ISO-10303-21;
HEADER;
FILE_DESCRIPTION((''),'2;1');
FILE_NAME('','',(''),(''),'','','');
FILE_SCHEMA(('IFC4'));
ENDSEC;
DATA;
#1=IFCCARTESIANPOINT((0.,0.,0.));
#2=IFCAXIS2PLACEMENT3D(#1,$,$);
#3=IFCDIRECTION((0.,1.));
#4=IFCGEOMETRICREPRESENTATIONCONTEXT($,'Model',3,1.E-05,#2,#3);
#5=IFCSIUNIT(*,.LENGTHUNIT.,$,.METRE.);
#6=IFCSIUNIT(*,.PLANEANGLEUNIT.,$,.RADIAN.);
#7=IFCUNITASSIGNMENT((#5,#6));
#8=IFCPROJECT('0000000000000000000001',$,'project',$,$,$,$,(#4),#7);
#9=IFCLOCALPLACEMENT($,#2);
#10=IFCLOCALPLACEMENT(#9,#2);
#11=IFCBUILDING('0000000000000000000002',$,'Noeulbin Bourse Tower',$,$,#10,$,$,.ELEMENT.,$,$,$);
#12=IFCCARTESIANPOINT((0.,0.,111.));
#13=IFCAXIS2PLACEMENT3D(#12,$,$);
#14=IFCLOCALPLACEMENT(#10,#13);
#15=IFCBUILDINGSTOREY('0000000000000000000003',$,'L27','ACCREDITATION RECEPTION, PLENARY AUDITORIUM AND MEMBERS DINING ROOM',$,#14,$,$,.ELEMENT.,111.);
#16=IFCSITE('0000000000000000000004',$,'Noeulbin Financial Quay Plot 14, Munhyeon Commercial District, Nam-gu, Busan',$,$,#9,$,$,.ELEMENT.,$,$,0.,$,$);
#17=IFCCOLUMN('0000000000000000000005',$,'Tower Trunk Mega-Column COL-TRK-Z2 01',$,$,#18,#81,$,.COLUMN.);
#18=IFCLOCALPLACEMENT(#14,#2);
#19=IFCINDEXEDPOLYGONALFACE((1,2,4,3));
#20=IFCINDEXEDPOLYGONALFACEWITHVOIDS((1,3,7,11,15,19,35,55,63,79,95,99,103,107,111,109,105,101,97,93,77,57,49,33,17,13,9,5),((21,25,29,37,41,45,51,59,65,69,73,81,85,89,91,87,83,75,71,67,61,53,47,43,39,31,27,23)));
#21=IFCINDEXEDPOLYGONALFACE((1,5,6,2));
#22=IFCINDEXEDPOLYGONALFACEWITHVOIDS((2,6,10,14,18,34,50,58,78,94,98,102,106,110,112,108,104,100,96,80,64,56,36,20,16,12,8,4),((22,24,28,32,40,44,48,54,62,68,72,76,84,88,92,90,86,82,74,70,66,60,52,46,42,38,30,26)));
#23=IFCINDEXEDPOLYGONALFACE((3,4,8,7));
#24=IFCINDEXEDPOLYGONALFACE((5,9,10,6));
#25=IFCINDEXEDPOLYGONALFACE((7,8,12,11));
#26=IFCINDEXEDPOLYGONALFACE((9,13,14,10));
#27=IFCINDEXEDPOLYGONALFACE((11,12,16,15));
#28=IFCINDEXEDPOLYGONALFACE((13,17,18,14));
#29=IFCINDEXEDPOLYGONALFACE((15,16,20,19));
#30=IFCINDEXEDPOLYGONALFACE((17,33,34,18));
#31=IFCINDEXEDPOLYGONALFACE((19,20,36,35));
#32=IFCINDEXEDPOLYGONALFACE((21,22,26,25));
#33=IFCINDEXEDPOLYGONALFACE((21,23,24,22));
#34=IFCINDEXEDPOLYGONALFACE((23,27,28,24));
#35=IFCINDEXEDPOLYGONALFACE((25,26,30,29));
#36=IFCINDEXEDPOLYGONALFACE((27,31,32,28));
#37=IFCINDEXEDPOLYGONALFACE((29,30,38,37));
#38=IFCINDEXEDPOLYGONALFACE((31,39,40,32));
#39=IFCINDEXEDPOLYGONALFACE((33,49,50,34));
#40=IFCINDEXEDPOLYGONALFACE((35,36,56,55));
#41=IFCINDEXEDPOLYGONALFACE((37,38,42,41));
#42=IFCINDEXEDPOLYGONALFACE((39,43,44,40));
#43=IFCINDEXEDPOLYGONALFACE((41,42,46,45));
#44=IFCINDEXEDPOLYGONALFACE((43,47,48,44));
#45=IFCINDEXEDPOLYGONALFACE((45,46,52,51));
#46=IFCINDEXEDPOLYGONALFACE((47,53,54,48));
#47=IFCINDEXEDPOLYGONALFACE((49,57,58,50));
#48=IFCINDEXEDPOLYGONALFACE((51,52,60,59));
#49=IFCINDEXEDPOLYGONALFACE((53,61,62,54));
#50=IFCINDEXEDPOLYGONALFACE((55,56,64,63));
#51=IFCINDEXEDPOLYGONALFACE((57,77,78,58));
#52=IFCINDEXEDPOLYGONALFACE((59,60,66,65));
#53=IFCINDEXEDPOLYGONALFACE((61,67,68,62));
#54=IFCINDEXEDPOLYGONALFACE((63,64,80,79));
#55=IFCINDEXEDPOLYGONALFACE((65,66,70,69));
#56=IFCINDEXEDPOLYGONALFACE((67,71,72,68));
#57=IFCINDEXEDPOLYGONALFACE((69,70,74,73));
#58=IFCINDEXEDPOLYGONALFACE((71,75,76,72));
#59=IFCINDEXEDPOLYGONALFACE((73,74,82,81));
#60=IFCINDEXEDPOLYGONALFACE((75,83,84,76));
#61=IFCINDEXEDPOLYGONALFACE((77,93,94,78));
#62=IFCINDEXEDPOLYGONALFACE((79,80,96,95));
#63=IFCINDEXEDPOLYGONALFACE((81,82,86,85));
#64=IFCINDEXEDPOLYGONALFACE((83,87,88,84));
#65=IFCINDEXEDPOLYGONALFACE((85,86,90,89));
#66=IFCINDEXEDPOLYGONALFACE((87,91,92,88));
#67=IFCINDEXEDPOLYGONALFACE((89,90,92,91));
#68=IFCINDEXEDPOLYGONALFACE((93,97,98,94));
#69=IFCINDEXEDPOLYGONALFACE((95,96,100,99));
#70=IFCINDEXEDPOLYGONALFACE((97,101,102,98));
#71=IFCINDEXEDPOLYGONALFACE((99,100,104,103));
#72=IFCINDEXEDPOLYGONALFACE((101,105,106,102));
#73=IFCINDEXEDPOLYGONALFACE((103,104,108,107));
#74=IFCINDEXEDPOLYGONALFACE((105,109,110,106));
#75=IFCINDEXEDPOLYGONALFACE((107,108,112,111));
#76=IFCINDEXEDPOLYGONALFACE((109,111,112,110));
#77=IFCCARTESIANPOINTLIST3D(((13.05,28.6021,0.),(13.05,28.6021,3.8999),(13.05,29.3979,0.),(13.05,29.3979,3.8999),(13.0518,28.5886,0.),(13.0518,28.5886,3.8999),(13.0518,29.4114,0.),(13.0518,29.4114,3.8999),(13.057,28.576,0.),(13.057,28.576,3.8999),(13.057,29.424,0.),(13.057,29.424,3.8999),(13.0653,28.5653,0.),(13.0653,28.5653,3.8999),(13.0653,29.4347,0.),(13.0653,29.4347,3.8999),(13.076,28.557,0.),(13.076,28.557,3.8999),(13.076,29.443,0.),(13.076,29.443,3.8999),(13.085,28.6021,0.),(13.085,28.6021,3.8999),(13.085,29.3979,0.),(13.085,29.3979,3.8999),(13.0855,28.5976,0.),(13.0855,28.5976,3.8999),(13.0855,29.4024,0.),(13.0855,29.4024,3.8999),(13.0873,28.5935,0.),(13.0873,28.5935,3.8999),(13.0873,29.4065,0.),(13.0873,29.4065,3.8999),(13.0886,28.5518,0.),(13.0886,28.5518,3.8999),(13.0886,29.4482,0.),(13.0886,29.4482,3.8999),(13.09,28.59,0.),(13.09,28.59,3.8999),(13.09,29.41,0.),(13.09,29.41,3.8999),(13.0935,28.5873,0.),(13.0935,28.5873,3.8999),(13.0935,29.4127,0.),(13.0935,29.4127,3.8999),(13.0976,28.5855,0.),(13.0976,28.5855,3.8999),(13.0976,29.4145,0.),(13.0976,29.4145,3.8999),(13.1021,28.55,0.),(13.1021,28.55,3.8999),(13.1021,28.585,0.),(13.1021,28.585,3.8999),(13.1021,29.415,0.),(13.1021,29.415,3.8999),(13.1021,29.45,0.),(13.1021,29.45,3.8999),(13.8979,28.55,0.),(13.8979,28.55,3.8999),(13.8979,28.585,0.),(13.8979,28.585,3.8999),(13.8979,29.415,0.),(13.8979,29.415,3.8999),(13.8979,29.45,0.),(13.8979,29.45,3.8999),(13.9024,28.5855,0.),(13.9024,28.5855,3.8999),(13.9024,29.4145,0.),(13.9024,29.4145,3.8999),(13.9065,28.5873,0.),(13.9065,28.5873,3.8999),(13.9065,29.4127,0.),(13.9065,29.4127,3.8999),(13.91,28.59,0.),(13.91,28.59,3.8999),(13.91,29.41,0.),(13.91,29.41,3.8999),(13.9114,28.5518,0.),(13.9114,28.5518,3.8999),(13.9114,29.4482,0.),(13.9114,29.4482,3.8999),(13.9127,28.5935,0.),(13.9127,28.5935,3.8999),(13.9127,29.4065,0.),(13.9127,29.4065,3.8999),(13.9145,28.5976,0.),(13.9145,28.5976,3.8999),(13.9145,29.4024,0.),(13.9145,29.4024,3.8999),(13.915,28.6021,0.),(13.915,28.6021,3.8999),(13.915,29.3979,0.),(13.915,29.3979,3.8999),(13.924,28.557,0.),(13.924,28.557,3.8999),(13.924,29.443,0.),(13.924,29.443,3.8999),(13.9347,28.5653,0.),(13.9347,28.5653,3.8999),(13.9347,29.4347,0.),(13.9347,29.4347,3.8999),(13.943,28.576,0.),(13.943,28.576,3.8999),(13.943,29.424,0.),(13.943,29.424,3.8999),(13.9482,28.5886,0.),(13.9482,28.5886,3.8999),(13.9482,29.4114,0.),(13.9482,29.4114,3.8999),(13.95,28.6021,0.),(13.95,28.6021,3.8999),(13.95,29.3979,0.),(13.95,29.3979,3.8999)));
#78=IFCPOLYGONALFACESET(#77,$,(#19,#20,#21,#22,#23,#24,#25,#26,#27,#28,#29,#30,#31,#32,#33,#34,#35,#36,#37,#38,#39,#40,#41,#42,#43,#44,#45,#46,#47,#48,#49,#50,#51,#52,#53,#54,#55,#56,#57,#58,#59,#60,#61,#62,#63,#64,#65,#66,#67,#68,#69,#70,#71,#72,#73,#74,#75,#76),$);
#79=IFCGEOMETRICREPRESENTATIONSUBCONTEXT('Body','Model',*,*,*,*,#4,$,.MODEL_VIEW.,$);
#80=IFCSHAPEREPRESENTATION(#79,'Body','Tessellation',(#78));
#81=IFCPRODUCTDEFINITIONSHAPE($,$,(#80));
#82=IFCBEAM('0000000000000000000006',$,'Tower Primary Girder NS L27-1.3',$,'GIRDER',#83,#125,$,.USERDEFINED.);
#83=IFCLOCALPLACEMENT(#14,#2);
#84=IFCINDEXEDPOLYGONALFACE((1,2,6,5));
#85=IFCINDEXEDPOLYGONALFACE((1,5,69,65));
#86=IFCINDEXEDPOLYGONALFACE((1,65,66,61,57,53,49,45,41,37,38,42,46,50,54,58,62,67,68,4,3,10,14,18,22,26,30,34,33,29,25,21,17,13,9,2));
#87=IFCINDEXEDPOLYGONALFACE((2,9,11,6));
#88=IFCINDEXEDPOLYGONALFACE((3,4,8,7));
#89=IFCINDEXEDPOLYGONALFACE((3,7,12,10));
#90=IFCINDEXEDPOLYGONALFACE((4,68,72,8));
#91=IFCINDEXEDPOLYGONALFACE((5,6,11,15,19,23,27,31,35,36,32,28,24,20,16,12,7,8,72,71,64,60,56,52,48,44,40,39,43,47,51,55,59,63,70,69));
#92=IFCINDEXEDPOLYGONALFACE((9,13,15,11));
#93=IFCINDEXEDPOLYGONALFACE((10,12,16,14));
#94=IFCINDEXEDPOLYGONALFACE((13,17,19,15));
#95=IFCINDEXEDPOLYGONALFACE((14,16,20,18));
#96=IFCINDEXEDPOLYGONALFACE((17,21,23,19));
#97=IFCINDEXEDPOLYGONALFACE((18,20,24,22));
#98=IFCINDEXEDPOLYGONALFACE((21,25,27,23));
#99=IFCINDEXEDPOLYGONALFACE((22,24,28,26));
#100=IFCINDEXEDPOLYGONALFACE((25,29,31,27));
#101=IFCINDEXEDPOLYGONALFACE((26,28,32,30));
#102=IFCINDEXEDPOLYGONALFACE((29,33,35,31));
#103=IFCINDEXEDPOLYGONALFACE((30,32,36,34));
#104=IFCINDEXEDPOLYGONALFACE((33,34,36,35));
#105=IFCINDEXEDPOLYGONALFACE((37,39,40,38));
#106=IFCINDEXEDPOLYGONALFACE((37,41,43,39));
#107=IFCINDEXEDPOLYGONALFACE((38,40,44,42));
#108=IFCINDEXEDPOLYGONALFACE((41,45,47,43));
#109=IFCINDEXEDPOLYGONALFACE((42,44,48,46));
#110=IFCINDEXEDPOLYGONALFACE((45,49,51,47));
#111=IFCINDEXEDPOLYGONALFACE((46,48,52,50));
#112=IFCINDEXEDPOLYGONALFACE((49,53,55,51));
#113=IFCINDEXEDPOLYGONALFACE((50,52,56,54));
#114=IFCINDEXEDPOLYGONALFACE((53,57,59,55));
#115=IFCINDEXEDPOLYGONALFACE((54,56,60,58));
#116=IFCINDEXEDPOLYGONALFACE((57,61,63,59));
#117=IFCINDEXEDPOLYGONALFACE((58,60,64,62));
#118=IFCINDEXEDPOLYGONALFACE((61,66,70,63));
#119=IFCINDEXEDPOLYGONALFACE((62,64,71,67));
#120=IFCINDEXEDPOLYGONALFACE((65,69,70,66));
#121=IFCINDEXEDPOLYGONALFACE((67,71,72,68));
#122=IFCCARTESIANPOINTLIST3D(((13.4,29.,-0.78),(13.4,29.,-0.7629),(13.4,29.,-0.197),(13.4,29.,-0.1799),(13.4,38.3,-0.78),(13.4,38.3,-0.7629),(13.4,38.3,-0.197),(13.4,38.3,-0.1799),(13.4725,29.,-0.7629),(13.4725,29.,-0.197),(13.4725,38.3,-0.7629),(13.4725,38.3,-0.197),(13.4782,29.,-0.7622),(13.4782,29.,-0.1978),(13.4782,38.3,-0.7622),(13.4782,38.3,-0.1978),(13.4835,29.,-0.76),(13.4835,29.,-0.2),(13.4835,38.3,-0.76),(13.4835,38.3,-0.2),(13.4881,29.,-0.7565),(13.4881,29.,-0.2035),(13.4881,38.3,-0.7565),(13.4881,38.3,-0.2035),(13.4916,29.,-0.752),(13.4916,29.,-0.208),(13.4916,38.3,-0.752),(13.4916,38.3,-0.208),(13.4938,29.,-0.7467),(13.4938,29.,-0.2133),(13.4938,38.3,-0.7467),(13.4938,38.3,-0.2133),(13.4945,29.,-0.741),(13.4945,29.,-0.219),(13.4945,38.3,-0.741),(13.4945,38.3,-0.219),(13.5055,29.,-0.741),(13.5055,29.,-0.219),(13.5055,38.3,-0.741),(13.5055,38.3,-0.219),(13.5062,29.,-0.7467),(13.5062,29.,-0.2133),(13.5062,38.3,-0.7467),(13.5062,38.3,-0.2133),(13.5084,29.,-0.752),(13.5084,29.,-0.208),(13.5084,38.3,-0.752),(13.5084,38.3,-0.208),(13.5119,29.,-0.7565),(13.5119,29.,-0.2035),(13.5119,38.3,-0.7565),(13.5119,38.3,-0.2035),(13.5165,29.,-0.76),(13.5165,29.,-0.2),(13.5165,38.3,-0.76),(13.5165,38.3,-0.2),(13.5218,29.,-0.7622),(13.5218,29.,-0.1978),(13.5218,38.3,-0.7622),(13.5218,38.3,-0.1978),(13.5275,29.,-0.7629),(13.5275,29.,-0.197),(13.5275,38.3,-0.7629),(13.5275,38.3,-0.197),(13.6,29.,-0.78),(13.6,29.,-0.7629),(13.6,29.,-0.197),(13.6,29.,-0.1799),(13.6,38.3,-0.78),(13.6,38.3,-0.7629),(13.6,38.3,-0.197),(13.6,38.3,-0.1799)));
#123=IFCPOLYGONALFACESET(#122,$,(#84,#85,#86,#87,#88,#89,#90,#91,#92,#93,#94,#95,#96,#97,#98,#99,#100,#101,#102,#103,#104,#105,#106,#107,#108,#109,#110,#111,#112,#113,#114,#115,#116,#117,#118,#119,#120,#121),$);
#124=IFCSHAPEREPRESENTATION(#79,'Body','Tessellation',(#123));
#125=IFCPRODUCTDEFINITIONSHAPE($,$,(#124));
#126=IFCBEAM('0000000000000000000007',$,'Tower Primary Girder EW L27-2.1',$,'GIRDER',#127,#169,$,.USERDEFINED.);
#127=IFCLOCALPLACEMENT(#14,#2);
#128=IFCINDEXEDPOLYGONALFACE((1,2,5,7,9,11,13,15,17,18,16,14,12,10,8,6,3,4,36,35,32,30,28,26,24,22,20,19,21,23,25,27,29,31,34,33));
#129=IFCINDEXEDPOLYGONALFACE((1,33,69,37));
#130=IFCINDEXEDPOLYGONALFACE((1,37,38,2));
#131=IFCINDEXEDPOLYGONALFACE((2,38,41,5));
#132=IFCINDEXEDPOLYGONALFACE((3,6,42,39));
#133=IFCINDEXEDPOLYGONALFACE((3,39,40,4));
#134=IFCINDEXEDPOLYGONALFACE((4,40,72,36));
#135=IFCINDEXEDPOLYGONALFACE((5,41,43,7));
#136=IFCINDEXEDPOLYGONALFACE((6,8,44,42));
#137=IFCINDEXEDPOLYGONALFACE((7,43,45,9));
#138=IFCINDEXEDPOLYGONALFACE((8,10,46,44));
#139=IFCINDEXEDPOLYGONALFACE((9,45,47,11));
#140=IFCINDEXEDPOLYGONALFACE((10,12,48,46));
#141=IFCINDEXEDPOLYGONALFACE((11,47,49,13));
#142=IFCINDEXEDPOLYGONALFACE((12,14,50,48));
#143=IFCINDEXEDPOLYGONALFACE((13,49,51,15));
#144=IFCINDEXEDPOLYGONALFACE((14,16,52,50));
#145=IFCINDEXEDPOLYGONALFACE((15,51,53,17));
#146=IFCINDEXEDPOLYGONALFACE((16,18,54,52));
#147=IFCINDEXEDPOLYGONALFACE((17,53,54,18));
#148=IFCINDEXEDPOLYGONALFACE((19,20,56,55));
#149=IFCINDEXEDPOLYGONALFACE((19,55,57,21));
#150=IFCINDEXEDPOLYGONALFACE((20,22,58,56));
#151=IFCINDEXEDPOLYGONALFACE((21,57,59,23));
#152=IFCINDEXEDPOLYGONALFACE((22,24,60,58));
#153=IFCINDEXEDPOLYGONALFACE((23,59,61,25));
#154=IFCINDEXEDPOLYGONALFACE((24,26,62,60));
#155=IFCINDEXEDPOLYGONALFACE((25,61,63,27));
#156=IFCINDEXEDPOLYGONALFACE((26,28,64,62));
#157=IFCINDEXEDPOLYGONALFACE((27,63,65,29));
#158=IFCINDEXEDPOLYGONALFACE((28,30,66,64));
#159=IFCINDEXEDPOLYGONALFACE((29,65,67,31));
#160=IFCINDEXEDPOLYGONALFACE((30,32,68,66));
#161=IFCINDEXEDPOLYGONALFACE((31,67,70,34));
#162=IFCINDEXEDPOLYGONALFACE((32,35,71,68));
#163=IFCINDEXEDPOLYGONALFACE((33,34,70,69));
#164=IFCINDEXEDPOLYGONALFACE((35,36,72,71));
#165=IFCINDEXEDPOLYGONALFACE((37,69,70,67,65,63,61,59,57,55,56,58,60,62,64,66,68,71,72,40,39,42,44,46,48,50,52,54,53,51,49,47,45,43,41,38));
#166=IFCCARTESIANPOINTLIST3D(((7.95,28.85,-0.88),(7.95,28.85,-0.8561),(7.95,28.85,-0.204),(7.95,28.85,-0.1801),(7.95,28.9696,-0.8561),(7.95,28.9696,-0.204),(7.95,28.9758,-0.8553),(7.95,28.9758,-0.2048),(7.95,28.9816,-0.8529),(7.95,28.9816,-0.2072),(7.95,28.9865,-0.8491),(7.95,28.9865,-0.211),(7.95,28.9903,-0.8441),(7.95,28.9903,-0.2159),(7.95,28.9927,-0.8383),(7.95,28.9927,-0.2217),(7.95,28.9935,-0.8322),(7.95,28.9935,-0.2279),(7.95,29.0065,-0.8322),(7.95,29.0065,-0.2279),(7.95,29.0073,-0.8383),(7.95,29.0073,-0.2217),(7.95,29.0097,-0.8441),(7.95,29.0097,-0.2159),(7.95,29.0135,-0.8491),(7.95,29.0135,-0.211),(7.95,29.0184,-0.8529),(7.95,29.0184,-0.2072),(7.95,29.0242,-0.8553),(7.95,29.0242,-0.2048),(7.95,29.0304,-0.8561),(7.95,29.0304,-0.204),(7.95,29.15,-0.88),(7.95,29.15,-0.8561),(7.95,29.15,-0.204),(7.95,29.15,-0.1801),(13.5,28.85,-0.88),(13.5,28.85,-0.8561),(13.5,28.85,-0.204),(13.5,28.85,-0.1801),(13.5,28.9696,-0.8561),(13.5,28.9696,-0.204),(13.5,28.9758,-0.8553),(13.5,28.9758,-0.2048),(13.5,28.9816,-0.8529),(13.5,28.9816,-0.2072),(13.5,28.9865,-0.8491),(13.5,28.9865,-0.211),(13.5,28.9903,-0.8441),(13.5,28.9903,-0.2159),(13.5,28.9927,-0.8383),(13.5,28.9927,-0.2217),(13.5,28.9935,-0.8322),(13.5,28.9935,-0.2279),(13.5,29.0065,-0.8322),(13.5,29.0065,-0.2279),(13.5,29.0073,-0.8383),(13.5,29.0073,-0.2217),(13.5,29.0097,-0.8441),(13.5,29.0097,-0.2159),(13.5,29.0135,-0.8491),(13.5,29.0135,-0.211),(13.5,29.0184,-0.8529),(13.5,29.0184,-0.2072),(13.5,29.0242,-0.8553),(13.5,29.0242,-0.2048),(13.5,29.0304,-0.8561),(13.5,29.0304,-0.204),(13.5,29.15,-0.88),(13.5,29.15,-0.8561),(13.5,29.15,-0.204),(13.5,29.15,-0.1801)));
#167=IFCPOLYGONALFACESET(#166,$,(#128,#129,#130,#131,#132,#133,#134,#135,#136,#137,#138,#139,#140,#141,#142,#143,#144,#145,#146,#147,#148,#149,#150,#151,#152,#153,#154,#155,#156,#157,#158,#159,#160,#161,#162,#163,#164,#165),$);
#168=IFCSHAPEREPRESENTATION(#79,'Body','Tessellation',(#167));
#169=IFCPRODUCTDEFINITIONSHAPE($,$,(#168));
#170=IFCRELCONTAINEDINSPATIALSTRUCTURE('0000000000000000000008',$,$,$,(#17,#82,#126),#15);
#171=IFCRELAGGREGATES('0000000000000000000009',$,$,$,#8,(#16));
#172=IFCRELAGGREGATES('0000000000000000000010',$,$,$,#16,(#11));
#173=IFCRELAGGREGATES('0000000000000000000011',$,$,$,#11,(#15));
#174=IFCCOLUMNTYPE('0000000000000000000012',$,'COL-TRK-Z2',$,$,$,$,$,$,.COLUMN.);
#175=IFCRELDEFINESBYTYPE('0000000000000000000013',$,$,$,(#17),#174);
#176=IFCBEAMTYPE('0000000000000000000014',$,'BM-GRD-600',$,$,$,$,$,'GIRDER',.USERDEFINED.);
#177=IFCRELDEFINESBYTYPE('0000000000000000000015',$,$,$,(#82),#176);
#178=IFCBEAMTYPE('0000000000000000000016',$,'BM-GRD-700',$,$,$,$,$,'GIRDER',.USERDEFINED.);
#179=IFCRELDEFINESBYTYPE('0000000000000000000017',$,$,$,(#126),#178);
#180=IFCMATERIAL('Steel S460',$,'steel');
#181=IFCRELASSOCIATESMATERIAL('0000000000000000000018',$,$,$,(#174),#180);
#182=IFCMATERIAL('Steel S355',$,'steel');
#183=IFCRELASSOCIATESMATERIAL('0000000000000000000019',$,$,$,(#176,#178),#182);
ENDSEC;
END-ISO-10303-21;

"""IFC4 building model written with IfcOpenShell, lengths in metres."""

from ifc_helpers import new_model, si_unit, direction, frame, origin, origin_2d, place, context, subcontext, project, spatial, hollow_rectangle, i_section, extrude, material, material_profile, profile_set, type_object, element, save


model = new_model("IFC4")

# Units and contexts
model_context = context("Model", 3, precision=1e-05, world=origin(), true_north=direction((0.0, 1.0)))
body_context = subcontext(model_context, "Body", "Model", "MODEL_VIEW")
ifc_project = project(units=[si_unit("LENGTHUNIT", "METRE"), si_unit("PLANEANGLEUNIT", "RADIAN")], contexts=[model_context])

# Site, building, storey
site_placement = place(None, origin())
site = spatial("IfcSite", under=ifc_project, at=site_placement, Name="Noeulbin Financial Quay Plot 14, Munhyeon Commercial District, Nam-gu, Busan", CompositionType="ELEMENT", RefElevation=0.0)
building_placement = place(site_placement, origin())
building = spatial("IfcBuilding", under=site, at=building_placement, Name="Noeulbin Bourse Tower", CompositionType="ELEMENT")
storey_placement = place(building_placement, frame((0.0, 0.0, 111.0)))
storey = spatial("IfcBuildingStorey", under=building, at=storey_placement, Name="L27", Description="ACCREDITATION RECEPTION, PLENARY AUDITORIUM AND MEMBERS DINING ROOM", CompositionType="ELEMENT", Elevation=111.0)

# Column
ifc_material_1 = material(Name="Steel S355", Category="steel")
ifc_material_2 = material(Name="Steel S460", Category="steel")
ifc_material_profile_1 = material_profile(ifc_material_2, hollow_rectangle(XDim=0.8999, YDim=0.8999, WallThickness=0.0349, InnerFilletRadius=0.0171, OuterFilletRadius=0.052, at=origin_2d()), Name="BOX-900x900x35", Category="LoadBearing")
ifc_profile_set_1 = profile_set([ifc_material_profile_1], Name="Steel S460")
column_type_1 = type_object("IfcColumnType", Name="COL-TRK-Z2", PredefinedType="COLUMN", material=ifc_profile_set_1)
column_1_placement = place(storey_placement, frame((13.5, 29.0, 0.0), z_axis=(0.0, 0.0, 1.0), x_axis=(1.0, 0.0, 0.0)))
element("IfcColumn", 1, at=column_1_placement, inside=storey, type_object=column_type_1, Name="Tower Trunk Mega-Column COL-TRK-Z2 01", PredefinedType="COLUMN", context=body_context, shape_type="SweptSolid", body=[
    extrude(hollow_rectangle(XDim=0.8999, YDim=0.8999, WallThickness=0.0349, InnerFilletRadius=0.0171, OuterFilletRadius=0.052, at=origin_2d()), origin(), (0.0, 0.0, 1.0), 3.8999),
])

# Beams
ifc_material_profile_2 = material_profile(ifc_material_1, i_section(OverallWidth=0.2, OverallDepth=0.6001, WebThickness=0.011, FlangeThickness=0.0171, FilletRadius=0.022, at=origin_2d()), Name="H-600x200x11x17", Category="LoadBearing")
ifc_profile_set_2 = profile_set([ifc_material_profile_2], Name="Steel S355")
beam_type_1 = type_object("IfcBeamType", Name="BM-GRD-600", ElementType="GIRDER", PredefinedType="USERDEFINED", material=ifc_profile_set_2)
beam_1_placement = place(storey_placement, frame((13.5, 29.0, -0.48), z_axis=(0.0, 1.0, 0.0), x_axis=(-1.0, 0.0, 0.0)))
element("IfcBeam", 2, at=beam_1_placement, inside=storey, type_object=beam_type_1, Name="Tower Primary Girder NS L27-1.3", ObjectType="GIRDER", PredefinedType="USERDEFINED", context=body_context, shape_type="SweptSolid", body=[
    extrude(i_section(OverallWidth=0.2, OverallDepth=0.6001, WebThickness=0.011, FlangeThickness=0.0171, FilletRadius=0.022, at=origin_2d()), origin(), (0.0, 0.0, 1.0), 9.3),
])
ifc_material_profile_3 = material_profile(ifc_material_1, i_section(OverallWidth=0.3, OverallDepth=0.7, WebThickness=0.0129, FlangeThickness=0.0239, FilletRadius=0.0239, at=origin_2d()), Name="H-700x300x13x24", Category="LoadBearing")
ifc_profile_set_3 = profile_set([ifc_material_profile_3], Name="Steel S355")
beam_type_2 = type_object("IfcBeamType", Name="BM-GRD-700", ElementType="GIRDER", PredefinedType="USERDEFINED", material=ifc_profile_set_3)
beam_2_placement = place(storey_placement, frame((7.95, 29.0, -0.53), z_axis=(1.0, 0.0, 0.0), x_axis=(0.0, 1.0, 0.0)))
element("IfcBeam", 3, at=beam_2_placement, inside=storey, type_object=beam_type_2, Name="Tower Primary Girder EW L27-2.1", ObjectType="GIRDER", PredefinedType="USERDEFINED", context=body_context, shape_type="SweptSolid", body=[
    extrude(i_section(OverallWidth=0.3, OverallDepth=0.7, WebThickness=0.0129, FlangeThickness=0.0239, FilletRadius=0.0239, at=origin_2d()), origin(), (0.0, 0.0, 1.0), 5.55),
])

save(model, "model.ifc")
